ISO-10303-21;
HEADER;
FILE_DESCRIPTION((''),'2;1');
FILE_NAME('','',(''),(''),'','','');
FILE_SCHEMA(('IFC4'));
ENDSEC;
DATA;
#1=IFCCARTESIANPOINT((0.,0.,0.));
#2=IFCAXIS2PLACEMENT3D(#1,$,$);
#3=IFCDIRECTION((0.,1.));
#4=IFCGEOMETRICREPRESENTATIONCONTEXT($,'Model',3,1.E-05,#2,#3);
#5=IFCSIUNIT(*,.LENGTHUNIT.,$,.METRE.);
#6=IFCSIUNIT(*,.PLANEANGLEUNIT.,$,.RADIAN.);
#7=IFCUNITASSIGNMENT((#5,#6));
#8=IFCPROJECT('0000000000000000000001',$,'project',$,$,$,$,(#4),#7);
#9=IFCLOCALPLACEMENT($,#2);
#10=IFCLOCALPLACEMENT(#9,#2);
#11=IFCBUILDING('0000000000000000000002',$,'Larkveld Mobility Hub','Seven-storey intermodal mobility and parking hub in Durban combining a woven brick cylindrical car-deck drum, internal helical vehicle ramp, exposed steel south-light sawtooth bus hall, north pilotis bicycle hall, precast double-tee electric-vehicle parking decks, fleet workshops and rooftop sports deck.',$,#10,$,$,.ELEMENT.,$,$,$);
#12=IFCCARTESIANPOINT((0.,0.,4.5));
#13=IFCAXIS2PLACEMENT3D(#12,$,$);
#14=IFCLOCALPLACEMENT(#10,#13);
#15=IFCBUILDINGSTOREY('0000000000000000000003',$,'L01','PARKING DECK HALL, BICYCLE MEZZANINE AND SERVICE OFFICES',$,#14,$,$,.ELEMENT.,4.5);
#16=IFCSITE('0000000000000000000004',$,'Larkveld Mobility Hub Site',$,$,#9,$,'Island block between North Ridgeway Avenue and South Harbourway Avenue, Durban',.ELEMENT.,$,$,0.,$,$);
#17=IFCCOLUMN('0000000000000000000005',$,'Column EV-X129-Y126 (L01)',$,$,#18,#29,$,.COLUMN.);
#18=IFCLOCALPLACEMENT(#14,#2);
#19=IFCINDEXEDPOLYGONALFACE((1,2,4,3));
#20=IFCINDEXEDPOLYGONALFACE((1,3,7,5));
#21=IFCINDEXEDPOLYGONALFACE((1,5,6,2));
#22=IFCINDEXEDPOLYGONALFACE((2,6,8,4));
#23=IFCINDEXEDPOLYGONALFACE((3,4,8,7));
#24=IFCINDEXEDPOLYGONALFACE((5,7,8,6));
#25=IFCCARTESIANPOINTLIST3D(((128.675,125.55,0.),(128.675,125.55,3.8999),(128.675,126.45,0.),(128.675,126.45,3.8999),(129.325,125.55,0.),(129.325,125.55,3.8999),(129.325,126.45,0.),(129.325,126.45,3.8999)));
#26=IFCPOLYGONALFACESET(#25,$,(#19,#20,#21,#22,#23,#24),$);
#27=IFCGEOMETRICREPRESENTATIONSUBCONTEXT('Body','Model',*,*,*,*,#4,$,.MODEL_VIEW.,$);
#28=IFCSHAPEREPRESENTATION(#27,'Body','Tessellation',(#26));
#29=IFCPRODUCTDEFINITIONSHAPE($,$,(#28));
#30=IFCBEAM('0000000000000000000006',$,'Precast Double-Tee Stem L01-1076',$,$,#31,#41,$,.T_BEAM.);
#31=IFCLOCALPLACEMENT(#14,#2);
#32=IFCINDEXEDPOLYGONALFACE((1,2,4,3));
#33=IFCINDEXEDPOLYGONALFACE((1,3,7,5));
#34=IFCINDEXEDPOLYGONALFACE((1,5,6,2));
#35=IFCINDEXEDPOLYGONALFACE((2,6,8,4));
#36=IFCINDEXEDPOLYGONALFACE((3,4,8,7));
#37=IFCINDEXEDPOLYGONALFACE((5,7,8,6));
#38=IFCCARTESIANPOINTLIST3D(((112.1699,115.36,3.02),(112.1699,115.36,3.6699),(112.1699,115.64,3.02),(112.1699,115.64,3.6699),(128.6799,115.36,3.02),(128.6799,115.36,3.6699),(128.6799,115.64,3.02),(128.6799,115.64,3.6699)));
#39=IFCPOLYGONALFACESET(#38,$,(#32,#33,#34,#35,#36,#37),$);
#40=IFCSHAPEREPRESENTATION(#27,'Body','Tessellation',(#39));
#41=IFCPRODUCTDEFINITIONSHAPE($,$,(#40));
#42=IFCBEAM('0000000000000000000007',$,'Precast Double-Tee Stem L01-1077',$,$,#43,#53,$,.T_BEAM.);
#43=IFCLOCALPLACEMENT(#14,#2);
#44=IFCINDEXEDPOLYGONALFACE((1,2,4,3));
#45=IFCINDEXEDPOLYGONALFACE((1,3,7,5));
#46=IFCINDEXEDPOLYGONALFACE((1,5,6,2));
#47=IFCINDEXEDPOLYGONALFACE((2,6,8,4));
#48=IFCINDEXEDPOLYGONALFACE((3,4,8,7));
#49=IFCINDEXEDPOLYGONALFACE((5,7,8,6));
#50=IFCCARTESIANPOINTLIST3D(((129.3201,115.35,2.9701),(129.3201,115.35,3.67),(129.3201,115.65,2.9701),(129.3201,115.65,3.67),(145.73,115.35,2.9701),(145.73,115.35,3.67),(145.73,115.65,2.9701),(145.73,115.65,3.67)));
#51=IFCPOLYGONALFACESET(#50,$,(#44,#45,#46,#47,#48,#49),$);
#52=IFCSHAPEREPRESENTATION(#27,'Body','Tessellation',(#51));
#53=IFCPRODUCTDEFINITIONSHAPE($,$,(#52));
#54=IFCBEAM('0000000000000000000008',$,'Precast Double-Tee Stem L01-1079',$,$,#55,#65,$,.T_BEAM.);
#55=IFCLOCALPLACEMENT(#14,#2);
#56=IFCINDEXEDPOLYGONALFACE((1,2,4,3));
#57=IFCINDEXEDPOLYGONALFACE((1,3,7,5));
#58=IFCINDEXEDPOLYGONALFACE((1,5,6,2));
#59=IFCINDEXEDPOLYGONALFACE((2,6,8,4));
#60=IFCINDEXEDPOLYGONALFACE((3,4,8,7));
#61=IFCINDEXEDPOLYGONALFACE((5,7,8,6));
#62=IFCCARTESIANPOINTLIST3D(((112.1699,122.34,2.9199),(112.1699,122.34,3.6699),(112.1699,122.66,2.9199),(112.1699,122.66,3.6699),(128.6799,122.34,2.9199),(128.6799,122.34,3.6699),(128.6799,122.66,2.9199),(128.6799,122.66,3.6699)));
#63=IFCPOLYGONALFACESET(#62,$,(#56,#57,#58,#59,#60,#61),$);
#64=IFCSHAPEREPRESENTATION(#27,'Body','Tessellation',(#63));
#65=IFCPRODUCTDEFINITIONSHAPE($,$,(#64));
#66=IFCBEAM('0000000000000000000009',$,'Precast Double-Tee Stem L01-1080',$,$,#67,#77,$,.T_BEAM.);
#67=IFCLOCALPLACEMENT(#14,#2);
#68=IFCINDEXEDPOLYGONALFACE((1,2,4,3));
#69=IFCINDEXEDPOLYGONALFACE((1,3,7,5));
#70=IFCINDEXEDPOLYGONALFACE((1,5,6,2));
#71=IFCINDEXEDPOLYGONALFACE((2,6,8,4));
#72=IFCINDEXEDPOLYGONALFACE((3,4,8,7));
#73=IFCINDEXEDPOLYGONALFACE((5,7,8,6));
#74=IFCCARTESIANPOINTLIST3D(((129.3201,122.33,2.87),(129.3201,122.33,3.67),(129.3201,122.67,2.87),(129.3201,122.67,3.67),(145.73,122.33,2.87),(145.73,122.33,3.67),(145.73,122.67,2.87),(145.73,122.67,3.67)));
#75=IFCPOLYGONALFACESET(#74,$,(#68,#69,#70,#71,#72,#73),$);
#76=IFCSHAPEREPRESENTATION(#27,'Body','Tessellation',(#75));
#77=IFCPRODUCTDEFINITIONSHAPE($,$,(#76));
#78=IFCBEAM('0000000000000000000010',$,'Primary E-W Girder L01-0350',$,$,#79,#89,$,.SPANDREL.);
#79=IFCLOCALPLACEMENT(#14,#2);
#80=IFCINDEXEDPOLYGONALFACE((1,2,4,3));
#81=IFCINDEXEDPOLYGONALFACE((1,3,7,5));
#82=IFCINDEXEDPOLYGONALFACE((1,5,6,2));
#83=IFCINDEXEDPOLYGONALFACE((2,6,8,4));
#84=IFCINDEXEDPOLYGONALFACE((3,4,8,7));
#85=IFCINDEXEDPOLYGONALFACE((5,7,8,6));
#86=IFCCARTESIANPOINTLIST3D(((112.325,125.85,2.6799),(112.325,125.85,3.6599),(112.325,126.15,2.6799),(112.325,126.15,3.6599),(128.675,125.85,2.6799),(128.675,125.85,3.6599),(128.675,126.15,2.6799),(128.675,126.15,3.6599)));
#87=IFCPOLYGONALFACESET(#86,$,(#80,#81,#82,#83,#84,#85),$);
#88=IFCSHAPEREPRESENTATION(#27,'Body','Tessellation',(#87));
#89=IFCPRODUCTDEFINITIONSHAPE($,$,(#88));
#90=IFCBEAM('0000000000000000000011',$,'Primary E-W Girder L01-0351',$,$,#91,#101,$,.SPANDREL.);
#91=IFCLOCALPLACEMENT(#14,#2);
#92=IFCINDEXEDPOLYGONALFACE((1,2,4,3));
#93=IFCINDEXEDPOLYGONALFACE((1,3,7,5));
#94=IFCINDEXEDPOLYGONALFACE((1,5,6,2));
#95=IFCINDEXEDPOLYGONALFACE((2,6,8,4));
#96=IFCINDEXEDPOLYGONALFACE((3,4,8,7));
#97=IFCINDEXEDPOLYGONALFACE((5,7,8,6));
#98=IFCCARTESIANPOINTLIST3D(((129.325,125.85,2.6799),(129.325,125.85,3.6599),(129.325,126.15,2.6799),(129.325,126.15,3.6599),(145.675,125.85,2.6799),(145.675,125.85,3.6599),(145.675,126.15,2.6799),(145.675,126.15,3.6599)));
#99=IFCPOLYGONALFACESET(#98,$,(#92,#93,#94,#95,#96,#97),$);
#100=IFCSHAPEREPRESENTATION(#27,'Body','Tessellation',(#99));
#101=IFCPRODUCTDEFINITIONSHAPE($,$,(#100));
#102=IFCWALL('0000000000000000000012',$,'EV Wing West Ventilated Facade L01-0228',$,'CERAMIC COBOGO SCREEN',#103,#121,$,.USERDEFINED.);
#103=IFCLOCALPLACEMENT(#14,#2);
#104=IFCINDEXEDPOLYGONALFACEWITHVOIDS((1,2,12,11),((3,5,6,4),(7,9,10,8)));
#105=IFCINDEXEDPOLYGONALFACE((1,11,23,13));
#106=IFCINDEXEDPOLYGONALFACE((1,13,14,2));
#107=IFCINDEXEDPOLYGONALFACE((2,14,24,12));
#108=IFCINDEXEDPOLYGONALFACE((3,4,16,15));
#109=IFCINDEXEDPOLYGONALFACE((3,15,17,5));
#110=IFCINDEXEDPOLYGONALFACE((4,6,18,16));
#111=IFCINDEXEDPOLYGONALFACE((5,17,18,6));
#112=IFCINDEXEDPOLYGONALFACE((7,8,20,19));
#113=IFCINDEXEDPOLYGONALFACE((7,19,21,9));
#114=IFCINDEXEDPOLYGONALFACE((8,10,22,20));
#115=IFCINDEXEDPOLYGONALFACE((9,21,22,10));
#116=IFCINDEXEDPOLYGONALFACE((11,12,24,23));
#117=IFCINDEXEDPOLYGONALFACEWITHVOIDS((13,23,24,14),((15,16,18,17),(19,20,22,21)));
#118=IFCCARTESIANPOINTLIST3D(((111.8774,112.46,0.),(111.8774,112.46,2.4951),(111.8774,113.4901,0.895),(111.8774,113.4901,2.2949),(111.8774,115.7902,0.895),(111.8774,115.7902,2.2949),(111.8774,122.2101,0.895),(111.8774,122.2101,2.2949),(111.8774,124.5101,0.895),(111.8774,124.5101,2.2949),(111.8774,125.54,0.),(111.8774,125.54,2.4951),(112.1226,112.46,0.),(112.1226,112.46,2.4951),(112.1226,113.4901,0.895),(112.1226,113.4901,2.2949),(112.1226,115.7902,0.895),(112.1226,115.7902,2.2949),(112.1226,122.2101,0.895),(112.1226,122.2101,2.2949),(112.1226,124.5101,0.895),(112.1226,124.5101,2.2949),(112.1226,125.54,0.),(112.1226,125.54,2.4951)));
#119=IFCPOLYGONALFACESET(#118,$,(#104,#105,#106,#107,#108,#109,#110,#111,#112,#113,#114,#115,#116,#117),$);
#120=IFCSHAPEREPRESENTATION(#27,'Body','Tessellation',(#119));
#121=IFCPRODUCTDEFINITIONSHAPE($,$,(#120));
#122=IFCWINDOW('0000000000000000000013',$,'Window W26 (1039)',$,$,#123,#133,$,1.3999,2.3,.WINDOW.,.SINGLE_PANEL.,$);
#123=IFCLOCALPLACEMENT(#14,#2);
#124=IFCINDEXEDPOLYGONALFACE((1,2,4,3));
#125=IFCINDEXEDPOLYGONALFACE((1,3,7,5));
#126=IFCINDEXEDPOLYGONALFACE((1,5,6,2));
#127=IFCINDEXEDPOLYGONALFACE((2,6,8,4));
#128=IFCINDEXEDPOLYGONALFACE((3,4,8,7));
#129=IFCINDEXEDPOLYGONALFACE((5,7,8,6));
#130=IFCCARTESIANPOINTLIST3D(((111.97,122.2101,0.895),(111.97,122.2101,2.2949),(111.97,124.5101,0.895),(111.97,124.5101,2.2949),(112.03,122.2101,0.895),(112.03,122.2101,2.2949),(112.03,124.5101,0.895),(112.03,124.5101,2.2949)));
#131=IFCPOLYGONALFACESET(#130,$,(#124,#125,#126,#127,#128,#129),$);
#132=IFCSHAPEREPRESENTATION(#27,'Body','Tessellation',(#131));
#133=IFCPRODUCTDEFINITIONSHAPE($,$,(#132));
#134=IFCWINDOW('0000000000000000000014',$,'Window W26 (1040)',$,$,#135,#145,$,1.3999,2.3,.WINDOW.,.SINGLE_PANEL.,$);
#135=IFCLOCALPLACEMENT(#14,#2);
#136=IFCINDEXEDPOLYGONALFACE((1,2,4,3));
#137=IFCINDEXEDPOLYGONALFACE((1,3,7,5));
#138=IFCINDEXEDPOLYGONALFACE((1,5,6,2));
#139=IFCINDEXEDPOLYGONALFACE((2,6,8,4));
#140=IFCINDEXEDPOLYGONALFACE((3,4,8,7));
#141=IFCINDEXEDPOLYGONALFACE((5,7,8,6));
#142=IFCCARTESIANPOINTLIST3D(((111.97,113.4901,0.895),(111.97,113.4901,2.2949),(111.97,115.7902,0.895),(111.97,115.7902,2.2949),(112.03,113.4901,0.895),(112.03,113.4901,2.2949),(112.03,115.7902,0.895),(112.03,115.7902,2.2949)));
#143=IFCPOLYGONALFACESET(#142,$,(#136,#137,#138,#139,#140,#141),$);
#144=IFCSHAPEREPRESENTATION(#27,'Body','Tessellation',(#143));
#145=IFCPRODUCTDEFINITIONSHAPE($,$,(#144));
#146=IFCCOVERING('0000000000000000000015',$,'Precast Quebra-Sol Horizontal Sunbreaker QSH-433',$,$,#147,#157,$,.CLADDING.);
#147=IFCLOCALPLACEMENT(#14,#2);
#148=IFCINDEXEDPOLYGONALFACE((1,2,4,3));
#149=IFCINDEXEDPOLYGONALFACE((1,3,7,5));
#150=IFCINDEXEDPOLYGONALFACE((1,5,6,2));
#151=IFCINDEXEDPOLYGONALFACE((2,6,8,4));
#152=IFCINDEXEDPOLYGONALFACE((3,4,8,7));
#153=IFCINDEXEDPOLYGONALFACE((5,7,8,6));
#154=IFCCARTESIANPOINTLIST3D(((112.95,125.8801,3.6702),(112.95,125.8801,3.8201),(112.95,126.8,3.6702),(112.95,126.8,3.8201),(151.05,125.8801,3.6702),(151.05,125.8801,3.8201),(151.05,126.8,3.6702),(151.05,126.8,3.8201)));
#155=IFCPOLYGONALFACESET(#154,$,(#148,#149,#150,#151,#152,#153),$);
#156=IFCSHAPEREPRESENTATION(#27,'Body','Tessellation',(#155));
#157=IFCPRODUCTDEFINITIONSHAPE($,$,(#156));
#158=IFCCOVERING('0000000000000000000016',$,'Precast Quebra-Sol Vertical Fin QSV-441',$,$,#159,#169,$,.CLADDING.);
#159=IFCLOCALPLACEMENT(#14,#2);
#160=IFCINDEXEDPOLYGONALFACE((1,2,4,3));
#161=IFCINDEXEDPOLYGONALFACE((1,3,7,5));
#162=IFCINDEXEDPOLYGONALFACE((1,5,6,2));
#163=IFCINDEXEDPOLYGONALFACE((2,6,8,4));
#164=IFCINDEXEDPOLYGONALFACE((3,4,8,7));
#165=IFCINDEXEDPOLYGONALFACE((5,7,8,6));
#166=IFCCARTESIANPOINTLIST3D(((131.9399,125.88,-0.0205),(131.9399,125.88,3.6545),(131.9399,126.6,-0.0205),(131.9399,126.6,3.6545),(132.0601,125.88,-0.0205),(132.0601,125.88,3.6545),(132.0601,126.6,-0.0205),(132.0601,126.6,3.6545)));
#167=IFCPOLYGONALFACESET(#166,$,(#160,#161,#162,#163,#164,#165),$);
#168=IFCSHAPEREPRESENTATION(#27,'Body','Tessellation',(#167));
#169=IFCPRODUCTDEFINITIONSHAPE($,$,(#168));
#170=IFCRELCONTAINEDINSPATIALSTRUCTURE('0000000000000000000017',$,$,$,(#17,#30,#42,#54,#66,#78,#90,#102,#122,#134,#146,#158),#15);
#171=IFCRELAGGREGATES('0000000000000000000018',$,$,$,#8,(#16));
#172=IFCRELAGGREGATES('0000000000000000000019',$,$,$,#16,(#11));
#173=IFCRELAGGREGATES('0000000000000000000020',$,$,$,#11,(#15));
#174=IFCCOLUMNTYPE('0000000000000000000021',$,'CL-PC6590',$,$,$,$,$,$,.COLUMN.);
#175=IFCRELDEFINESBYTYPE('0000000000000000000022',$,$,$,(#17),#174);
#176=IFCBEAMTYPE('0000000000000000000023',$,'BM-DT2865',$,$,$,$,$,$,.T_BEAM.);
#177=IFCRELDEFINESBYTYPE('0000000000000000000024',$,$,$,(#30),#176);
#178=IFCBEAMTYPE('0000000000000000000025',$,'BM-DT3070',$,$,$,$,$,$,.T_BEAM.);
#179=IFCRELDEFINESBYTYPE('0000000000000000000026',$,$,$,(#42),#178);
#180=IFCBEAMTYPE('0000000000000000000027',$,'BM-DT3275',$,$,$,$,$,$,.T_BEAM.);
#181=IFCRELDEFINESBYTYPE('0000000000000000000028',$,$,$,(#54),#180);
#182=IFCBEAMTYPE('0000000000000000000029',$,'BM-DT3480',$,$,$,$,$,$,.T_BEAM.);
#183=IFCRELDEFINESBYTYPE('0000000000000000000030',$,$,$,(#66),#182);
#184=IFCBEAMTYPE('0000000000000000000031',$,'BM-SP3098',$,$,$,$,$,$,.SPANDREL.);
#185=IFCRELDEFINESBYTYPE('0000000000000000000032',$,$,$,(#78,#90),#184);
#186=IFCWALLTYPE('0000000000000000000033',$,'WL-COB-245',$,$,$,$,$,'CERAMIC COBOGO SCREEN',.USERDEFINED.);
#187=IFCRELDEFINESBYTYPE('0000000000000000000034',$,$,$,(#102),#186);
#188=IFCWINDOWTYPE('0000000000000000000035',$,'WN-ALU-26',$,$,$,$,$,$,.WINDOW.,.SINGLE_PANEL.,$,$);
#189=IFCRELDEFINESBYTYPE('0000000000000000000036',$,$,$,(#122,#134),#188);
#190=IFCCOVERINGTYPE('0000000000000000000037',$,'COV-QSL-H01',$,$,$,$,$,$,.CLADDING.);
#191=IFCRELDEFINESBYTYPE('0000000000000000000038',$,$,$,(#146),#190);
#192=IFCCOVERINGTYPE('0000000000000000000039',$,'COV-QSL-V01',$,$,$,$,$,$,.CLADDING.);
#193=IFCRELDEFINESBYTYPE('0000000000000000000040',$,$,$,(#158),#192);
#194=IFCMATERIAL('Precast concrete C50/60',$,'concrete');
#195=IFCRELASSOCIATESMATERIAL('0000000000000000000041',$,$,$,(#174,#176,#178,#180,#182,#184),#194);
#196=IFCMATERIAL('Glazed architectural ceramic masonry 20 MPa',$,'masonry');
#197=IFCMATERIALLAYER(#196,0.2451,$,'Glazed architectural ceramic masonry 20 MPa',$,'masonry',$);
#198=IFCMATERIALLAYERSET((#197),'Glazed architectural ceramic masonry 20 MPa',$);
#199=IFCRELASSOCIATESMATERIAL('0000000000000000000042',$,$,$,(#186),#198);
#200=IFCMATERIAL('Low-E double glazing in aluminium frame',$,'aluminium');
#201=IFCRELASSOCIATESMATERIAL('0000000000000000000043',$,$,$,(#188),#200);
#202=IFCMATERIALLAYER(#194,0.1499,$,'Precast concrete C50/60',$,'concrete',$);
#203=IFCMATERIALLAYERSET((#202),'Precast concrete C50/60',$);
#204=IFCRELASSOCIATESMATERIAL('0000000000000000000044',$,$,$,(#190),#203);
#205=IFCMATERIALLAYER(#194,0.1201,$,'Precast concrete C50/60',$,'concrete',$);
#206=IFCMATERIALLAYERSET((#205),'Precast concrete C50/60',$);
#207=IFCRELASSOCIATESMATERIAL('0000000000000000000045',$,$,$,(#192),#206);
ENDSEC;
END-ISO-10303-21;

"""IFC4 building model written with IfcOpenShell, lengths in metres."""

from ifc_helpers import new_model, si_unit, direction, frame, frame_2d, origin, origin_2d, place, context, subcontext, project, spatial, rectangle, extrude, material, layer, layer_set, material_profile, profile_set, type_object, element, fill, save


model = new_model("IFC4")

# Units and contexts
model_context = context("Model", 3, precision=1e-05, world=origin(), true_north=direction((0.0, 1.0)))
body_context = subcontext(model_context, "Body", "Model", "MODEL_VIEW")
ifc_project = project(units=[si_unit("LENGTHUNIT", "METRE"), si_unit("PLANEANGLEUNIT", "RADIAN")], contexts=[model_context])

# Site, building, storey
site_placement = place(None, origin())
site = spatial("IfcSite", under=ifc_project, at=site_placement, Name="Larkveld Mobility Hub Site", LongName="Island block between North Ridgeway Avenue and South Harbourway Avenue, Durban", CompositionType="ELEMENT", RefElevation=0.0)
building_placement = place(site_placement, origin())
building = spatial("IfcBuilding", under=site, at=building_placement, Name="Larkveld Mobility Hub", Description="Seven-storey intermodal mobility and parking hub in Durban combining a woven brick cylindrical car-deck drum, internal helical vehicle ramp, exposed steel south-light sawtooth bus hall, north pilotis bicycle hall, precast double-tee electric-vehicle parking decks, fleet workshops and rooftop sports deck.", CompositionType="ELEMENT")
storey_placement = place(building_placement, frame((0.0, 0.0, 4.5)))
storey = spatial("IfcBuildingStorey", under=building, at=storey_placement, Name="L01", Description="PARKING DECK HALL, BICYCLE MEZZANINE AND SERVICE OFFICES", CompositionType="ELEMENT", Elevation=4.5)

# Column
ifc_material_1 = material(Name="Precast concrete C50/60", Category="concrete")
ifc_material_profile_1 = material_profile(ifc_material_1, rectangle(XDim=0.6499, YDim=0.8999, at=origin_2d()), Name="RC COL 650x900")
ifc_profile_set_1 = profile_set([ifc_material_profile_1], Name="Precast concrete C50/60")
column_type = type_object("IfcColumnType", Name="CL-PC6590", PredefinedType="COLUMN", material=ifc_profile_set_1)
column_placement = place(storey_placement, frame((129.0, 126.0, 0.0), z_axis=(0.0, 0.0, 1.0), x_axis=(1.0, 0.0, 0.0)))
element("IfcColumn", 1, at=column_placement, inside=storey, type_object=column_type, Name="Column EV-X129-Y126 (L01)", PredefinedType="COLUMN", context=body_context, shape_type="SweptSolid", body=[
    extrude(rectangle(XDim=0.6499, YDim=0.8999, at=origin_2d()), origin(), (0.0, 0.0, 1.0), 3.8999),
])

# Beams
ifc_material_profile_2 = material_profile(ifc_material_1, rectangle(XDim=0.28, YDim=0.6499, at=origin_2d()), Name="PC DT 280x650")
ifc_profile_set_2 = profile_set([ifc_material_profile_2], Name="Precast concrete C50/60")
beam_type_1 = type_object("IfcBeamType", Name="BM-DT2865", PredefinedType="T_BEAM", material=ifc_profile_set_2)
beam_1_placement = place(storey_placement, frame((112.1699, 115.5, 3.345), z_axis=(1.0, 0.0, 0.0), x_axis=(0.0, 1.0, 0.0)))
element("IfcBeam", 2, at=beam_1_placement, inside=storey, type_object=beam_type_1, Name="Precast Double-Tee Stem L01-1076", PredefinedType="T_BEAM", context=body_context, shape_type="SweptSolid", body=[
    extrude(rectangle(XDim=0.28, YDim=0.6499, at=origin_2d()), origin(), (0.0, 0.0, 1.0), 16.51),
])
ifc_material_profile_3 = material_profile(ifc_material_1, rectangle(XDim=0.3, YDim=0.7, at=origin_2d()), Name="PC DT 300x700")
ifc_profile_set_3 = profile_set([ifc_material_profile_3], Name="Precast concrete C50/60")
beam_type_2 = type_object("IfcBeamType", Name="BM-DT3070", PredefinedType="T_BEAM", material=ifc_profile_set_3)
beam_2_placement = place(storey_placement, frame((129.3201, 115.5, 3.3201), z_axis=(1.0, 0.0, 0.0), x_axis=(0.0, 1.0, 0.0)))
element("IfcBeam", 3, at=beam_2_placement, inside=storey, type_object=beam_type_2, Name="Precast Double-Tee Stem L01-1077", PredefinedType="T_BEAM", context=body_context, shape_type="SweptSolid", body=[
    extrude(rectangle(XDim=0.3, YDim=0.7, at=origin_2d()), origin(), (0.0, 0.0, 1.0), 16.4099),
])
ifc_material_profile_4 = material_profile(ifc_material_1, rectangle(XDim=0.3201, YDim=0.75, at=origin_2d()), Name="PC DT 320x750")
ifc_profile_set_4 = profile_set([ifc_material_profile_4], Name="Precast concrete C50/60")
beam_type_3 = type_object("IfcBeamType", Name="BM-DT3275", PredefinedType="T_BEAM", material=ifc_profile_set_4)
beam_3_placement = place(storey_placement, frame((112.1699, 122.5, 3.2949), z_axis=(1.0, 0.0, 0.0), x_axis=(0.0, 1.0, 0.0)))
element("IfcBeam", 4, at=beam_3_placement, inside=storey, type_object=beam_type_3, Name="Precast Double-Tee Stem L01-1079", PredefinedType="T_BEAM", context=body_context, shape_type="SweptSolid", body=[
    extrude(rectangle(XDim=0.3201, YDim=0.75, at=origin_2d()), origin(), (0.0, 0.0, 1.0), 16.51),
])
ifc_material_profile_5 = material_profile(ifc_material_1, rectangle(XDim=0.3401, YDim=0.8, at=origin_2d()), Name="PC DT 340x800")
ifc_profile_set_5 = profile_set([ifc_material_profile_5], Name="Precast concrete C50/60")
beam_type_4 = type_object("IfcBeamType", Name="BM-DT3480", PredefinedType="T_BEAM", material=ifc_profile_set_5)
beam_4_placement = place(storey_placement, frame((129.3201, 122.5, 3.27), z_axis=(1.0, 0.0, 0.0), x_axis=(0.0, 1.0, 0.0)))
element("IfcBeam", 5, at=beam_4_placement, inside=storey, type_object=beam_type_4, Name="Precast Double-Tee Stem L01-1080", PredefinedType="T_BEAM", context=body_context, shape_type="SweptSolid", body=[
    extrude(rectangle(XDim=0.3401, YDim=0.8, at=origin_2d()), origin(), (0.0, 0.0, 1.0), 16.4099),
])
ifc_material_profile_6 = material_profile(ifc_material_1, rectangle(XDim=0.3, YDim=0.98, at=origin_2d()), Name="PC SP 300x980")
ifc_profile_set_6 = profile_set([ifc_material_profile_6], Name="Precast concrete C50/60")
beam_type_5 = type_object("IfcBeamType", Name="BM-SP3098", PredefinedType="SPANDREL", material=ifc_profile_set_6)
for number, where, z_axis, x_axis, name in (
    (6, (112.325, 126.0, 3.1699), (1.0, 0.0, 0.0), (0.0, 1.0, 0.0), "Primary E-W Girder L01-0350"),
    (7, (129.325, 126.0, 3.1699), (1.0, 0.0, 0.0), (0.0, 1.0, 0.0), "Primary E-W Girder L01-0351"),
):
    element("IfcBeam", number, at=place(storey_placement, frame(where, z_axis=z_axis, x_axis=x_axis)), inside=storey, type_object=beam_type_5, Name=name, PredefinedType="SPANDREL", context=body_context, shape_type="SweptSolid", body=[
        extrude(rectangle(XDim=0.3, YDim=0.98, at=origin_2d()), origin(), (0.0, 0.0, 1.0), 16.3501),
    ])

# Wall, openings, windows
ifc_material_2 = material(Name="Glazed architectural ceramic masonry 20 MPa", Category="masonry")
ifc_layer_1 = layer(ifc_material_2, 0.2451, Name="Glazed architectural ceramic masonry 20 MPa", Category="masonry")
ifc_layer_set_1 = layer_set([ifc_layer_1], Name="Glazed architectural ceramic masonry 20 MPa")
wall_type = type_object("IfcWallType", Name="WL-COB-245", ElementType="CERAMIC COBOGO SCREEN", PredefinedType="USERDEFINED", material=ifc_layer_set_1)
wall_placement = place(storey_placement, frame((112.0, 125.54, 0.0), z_axis=(0.0, 0.0, 1.0), x_axis=(0.0, -1.0, 0.0)))
wall = element("IfcWall", 8, at=wall_placement, inside=storey, type_object=wall_type, Name="EV Wing West Ventilated Facade L01-0228", ObjectType="CERAMIC COBOGO SCREEN", PredefinedType="USERDEFINED", context=body_context, shape_type="SweptSolid", body=[
    extrude(rectangle(XDim=13.0801, YDim=0.2451, at=frame_2d((6.54, 0.0))), origin(), (0.0, 0.0, 1.0), 2.4951),
])
opening_1_placement = place(wall_placement, frame((1.03, 0.0, 0.895)))
opening_1 = element("IfcOpeningElement", 9, at=opening_1_placement, cuts=wall, PredefinedType="OPENING", context=body_context, shape_type="SweptSolid", body=[
    extrude(rectangle(XDim=2.3, YDim=1.3999, at=frame_2d((1.1499, 0.7))), frame((0.0, 0.1326, 0.0), z_axis=(0.0, -1.0, 0.0), x_axis=(1.0, 0.0, 0.0)), (0.0, 0.0, 1.0), 0.2651),
])
opening_2_placement = place(wall_placement, frame((9.75, 0.0, 0.895)))
opening_2 = element("IfcOpeningElement", 10, at=opening_2_placement, cuts=wall, PredefinedType="OPENING", context=body_context, shape_type="SweptSolid", body=[
    extrude(rectangle(XDim=2.3, YDim=1.3999, at=frame_2d((1.1499, 0.7))), frame((0.0, 0.1326, 0.0), z_axis=(0.0, -1.0, 0.0), x_axis=(1.0, 0.0, 0.0)), (0.0, 0.0, 1.0), 0.2651),
])
ifc_material_3 = material(Name="Low-E double glazing in aluminium frame", Category="aluminium")
window_type = type_object("IfcWindowType", Name="WN-ALU-26", PartitioningType="SINGLE_PANEL", PredefinedType="WINDOW", material=ifc_material_3)
window_1_placement = place(opening_1_placement, origin())
window_1 = element("IfcWindow", 11, at=window_1_placement, inside=storey, type_object=window_type, Name="Window W26 (1039)", OverallHeight=1.3999, OverallWidth=2.3, PartitioningType="SINGLE_PANEL", PredefinedType="WINDOW", context=body_context, shape_type="SweptSolid", body=[
    extrude(rectangle(XDim=2.3, YDim=1.3999, at=frame_2d((1.1499, 0.7))), frame((0.0, 0.03, 0.0), z_axis=(0.0, -1.0, 0.0), x_axis=(1.0, 0.0, 0.0)), (0.0, 0.0, 1.0), 0.0601),
])
fill(opening_1, window_1)
window_2_placement = place(opening_2_placement, origin())
window_2 = element("IfcWindow", 12, at=window_2_placement, inside=storey, type_object=window_type, Name="Window W26 (1040)", OverallHeight=1.3999, OverallWidth=2.3, PartitioningType="SINGLE_PANEL", PredefinedType="WINDOW", context=body_context, shape_type="SweptSolid", body=[
    extrude(rectangle(XDim=2.3, YDim=1.3999, at=frame_2d((1.1499, 0.7))), frame((0.0, 0.03, 0.0), z_axis=(0.0, -1.0, 0.0), x_axis=(1.0, 0.0, 0.0)), (0.0, 0.0, 1.0), 0.0601),
])
fill(opening_2, window_2)

# Coverings
ifc_layer_2 = layer(ifc_material_1, 0.1499, Name="Precast concrete C50/60", Category="concrete")
ifc_layer_set_2 = layer_set([ifc_layer_2], Name="Precast concrete C50/60")
covering_type_1 = type_object("IfcCoveringType", Name="COV-QSL-H01", PredefinedType="CLADDING", material=ifc_layer_set_2)
covering_placement = place(storey_placement, frame((132.0, 126.3401, 3.6702), z_axis=(0.0, 0.0, 1.0), x_axis=(-1.0, 0.0, 0.0)))
element("IfcCovering", 13, at=covering_placement, inside=storey, type_object=covering_type_1, Name="Precast Quebra-Sol Horizontal Sunbreaker QSH-433", PredefinedType="CLADDING", context=body_context, shape_type="SweptSolid", body=[
    extrude(rectangle(XDim=38.1001, YDim=0.9199, at=origin_2d()), origin(), (0.0, 0.0, 1.0), 0.1499),
])
ifc_layer_3 = layer(ifc_material_1, 0.1201, Name="Precast concrete C50/60", Category="concrete")
ifc_layer_set_3 = layer_set([ifc_layer_3], Name="Precast concrete C50/60")
covering_type_2 = type_object("IfcCoveringType", Name="COV-QSL-V01", PredefinedType="CLADDING", material=ifc_layer_set_3)
for number, where, z_axis, x_axis, name in (
    (14, (132.0, 126.24, -0.0205), (0.0, 0.0, 1.0), (-1.0, 0.0, 0.0), "Precast Quebra-Sol Vertical Fin QSV-441"),
):
    element("IfcCovering", number, at=place(storey_placement, frame(where, z_axis=z_axis, x_axis=x_axis)), inside=storey, type_object=covering_type_2, Name=name, PredefinedType="CLADDING", context=body_context, shape_type="SweptSolid", body=[
        extrude(rectangle(XDim=0.1201, YDim=0.72, at=origin_2d()), origin(), (0.0, 0.0, 1.0), 3.675),
    ])

save(model, "model.ifc")
